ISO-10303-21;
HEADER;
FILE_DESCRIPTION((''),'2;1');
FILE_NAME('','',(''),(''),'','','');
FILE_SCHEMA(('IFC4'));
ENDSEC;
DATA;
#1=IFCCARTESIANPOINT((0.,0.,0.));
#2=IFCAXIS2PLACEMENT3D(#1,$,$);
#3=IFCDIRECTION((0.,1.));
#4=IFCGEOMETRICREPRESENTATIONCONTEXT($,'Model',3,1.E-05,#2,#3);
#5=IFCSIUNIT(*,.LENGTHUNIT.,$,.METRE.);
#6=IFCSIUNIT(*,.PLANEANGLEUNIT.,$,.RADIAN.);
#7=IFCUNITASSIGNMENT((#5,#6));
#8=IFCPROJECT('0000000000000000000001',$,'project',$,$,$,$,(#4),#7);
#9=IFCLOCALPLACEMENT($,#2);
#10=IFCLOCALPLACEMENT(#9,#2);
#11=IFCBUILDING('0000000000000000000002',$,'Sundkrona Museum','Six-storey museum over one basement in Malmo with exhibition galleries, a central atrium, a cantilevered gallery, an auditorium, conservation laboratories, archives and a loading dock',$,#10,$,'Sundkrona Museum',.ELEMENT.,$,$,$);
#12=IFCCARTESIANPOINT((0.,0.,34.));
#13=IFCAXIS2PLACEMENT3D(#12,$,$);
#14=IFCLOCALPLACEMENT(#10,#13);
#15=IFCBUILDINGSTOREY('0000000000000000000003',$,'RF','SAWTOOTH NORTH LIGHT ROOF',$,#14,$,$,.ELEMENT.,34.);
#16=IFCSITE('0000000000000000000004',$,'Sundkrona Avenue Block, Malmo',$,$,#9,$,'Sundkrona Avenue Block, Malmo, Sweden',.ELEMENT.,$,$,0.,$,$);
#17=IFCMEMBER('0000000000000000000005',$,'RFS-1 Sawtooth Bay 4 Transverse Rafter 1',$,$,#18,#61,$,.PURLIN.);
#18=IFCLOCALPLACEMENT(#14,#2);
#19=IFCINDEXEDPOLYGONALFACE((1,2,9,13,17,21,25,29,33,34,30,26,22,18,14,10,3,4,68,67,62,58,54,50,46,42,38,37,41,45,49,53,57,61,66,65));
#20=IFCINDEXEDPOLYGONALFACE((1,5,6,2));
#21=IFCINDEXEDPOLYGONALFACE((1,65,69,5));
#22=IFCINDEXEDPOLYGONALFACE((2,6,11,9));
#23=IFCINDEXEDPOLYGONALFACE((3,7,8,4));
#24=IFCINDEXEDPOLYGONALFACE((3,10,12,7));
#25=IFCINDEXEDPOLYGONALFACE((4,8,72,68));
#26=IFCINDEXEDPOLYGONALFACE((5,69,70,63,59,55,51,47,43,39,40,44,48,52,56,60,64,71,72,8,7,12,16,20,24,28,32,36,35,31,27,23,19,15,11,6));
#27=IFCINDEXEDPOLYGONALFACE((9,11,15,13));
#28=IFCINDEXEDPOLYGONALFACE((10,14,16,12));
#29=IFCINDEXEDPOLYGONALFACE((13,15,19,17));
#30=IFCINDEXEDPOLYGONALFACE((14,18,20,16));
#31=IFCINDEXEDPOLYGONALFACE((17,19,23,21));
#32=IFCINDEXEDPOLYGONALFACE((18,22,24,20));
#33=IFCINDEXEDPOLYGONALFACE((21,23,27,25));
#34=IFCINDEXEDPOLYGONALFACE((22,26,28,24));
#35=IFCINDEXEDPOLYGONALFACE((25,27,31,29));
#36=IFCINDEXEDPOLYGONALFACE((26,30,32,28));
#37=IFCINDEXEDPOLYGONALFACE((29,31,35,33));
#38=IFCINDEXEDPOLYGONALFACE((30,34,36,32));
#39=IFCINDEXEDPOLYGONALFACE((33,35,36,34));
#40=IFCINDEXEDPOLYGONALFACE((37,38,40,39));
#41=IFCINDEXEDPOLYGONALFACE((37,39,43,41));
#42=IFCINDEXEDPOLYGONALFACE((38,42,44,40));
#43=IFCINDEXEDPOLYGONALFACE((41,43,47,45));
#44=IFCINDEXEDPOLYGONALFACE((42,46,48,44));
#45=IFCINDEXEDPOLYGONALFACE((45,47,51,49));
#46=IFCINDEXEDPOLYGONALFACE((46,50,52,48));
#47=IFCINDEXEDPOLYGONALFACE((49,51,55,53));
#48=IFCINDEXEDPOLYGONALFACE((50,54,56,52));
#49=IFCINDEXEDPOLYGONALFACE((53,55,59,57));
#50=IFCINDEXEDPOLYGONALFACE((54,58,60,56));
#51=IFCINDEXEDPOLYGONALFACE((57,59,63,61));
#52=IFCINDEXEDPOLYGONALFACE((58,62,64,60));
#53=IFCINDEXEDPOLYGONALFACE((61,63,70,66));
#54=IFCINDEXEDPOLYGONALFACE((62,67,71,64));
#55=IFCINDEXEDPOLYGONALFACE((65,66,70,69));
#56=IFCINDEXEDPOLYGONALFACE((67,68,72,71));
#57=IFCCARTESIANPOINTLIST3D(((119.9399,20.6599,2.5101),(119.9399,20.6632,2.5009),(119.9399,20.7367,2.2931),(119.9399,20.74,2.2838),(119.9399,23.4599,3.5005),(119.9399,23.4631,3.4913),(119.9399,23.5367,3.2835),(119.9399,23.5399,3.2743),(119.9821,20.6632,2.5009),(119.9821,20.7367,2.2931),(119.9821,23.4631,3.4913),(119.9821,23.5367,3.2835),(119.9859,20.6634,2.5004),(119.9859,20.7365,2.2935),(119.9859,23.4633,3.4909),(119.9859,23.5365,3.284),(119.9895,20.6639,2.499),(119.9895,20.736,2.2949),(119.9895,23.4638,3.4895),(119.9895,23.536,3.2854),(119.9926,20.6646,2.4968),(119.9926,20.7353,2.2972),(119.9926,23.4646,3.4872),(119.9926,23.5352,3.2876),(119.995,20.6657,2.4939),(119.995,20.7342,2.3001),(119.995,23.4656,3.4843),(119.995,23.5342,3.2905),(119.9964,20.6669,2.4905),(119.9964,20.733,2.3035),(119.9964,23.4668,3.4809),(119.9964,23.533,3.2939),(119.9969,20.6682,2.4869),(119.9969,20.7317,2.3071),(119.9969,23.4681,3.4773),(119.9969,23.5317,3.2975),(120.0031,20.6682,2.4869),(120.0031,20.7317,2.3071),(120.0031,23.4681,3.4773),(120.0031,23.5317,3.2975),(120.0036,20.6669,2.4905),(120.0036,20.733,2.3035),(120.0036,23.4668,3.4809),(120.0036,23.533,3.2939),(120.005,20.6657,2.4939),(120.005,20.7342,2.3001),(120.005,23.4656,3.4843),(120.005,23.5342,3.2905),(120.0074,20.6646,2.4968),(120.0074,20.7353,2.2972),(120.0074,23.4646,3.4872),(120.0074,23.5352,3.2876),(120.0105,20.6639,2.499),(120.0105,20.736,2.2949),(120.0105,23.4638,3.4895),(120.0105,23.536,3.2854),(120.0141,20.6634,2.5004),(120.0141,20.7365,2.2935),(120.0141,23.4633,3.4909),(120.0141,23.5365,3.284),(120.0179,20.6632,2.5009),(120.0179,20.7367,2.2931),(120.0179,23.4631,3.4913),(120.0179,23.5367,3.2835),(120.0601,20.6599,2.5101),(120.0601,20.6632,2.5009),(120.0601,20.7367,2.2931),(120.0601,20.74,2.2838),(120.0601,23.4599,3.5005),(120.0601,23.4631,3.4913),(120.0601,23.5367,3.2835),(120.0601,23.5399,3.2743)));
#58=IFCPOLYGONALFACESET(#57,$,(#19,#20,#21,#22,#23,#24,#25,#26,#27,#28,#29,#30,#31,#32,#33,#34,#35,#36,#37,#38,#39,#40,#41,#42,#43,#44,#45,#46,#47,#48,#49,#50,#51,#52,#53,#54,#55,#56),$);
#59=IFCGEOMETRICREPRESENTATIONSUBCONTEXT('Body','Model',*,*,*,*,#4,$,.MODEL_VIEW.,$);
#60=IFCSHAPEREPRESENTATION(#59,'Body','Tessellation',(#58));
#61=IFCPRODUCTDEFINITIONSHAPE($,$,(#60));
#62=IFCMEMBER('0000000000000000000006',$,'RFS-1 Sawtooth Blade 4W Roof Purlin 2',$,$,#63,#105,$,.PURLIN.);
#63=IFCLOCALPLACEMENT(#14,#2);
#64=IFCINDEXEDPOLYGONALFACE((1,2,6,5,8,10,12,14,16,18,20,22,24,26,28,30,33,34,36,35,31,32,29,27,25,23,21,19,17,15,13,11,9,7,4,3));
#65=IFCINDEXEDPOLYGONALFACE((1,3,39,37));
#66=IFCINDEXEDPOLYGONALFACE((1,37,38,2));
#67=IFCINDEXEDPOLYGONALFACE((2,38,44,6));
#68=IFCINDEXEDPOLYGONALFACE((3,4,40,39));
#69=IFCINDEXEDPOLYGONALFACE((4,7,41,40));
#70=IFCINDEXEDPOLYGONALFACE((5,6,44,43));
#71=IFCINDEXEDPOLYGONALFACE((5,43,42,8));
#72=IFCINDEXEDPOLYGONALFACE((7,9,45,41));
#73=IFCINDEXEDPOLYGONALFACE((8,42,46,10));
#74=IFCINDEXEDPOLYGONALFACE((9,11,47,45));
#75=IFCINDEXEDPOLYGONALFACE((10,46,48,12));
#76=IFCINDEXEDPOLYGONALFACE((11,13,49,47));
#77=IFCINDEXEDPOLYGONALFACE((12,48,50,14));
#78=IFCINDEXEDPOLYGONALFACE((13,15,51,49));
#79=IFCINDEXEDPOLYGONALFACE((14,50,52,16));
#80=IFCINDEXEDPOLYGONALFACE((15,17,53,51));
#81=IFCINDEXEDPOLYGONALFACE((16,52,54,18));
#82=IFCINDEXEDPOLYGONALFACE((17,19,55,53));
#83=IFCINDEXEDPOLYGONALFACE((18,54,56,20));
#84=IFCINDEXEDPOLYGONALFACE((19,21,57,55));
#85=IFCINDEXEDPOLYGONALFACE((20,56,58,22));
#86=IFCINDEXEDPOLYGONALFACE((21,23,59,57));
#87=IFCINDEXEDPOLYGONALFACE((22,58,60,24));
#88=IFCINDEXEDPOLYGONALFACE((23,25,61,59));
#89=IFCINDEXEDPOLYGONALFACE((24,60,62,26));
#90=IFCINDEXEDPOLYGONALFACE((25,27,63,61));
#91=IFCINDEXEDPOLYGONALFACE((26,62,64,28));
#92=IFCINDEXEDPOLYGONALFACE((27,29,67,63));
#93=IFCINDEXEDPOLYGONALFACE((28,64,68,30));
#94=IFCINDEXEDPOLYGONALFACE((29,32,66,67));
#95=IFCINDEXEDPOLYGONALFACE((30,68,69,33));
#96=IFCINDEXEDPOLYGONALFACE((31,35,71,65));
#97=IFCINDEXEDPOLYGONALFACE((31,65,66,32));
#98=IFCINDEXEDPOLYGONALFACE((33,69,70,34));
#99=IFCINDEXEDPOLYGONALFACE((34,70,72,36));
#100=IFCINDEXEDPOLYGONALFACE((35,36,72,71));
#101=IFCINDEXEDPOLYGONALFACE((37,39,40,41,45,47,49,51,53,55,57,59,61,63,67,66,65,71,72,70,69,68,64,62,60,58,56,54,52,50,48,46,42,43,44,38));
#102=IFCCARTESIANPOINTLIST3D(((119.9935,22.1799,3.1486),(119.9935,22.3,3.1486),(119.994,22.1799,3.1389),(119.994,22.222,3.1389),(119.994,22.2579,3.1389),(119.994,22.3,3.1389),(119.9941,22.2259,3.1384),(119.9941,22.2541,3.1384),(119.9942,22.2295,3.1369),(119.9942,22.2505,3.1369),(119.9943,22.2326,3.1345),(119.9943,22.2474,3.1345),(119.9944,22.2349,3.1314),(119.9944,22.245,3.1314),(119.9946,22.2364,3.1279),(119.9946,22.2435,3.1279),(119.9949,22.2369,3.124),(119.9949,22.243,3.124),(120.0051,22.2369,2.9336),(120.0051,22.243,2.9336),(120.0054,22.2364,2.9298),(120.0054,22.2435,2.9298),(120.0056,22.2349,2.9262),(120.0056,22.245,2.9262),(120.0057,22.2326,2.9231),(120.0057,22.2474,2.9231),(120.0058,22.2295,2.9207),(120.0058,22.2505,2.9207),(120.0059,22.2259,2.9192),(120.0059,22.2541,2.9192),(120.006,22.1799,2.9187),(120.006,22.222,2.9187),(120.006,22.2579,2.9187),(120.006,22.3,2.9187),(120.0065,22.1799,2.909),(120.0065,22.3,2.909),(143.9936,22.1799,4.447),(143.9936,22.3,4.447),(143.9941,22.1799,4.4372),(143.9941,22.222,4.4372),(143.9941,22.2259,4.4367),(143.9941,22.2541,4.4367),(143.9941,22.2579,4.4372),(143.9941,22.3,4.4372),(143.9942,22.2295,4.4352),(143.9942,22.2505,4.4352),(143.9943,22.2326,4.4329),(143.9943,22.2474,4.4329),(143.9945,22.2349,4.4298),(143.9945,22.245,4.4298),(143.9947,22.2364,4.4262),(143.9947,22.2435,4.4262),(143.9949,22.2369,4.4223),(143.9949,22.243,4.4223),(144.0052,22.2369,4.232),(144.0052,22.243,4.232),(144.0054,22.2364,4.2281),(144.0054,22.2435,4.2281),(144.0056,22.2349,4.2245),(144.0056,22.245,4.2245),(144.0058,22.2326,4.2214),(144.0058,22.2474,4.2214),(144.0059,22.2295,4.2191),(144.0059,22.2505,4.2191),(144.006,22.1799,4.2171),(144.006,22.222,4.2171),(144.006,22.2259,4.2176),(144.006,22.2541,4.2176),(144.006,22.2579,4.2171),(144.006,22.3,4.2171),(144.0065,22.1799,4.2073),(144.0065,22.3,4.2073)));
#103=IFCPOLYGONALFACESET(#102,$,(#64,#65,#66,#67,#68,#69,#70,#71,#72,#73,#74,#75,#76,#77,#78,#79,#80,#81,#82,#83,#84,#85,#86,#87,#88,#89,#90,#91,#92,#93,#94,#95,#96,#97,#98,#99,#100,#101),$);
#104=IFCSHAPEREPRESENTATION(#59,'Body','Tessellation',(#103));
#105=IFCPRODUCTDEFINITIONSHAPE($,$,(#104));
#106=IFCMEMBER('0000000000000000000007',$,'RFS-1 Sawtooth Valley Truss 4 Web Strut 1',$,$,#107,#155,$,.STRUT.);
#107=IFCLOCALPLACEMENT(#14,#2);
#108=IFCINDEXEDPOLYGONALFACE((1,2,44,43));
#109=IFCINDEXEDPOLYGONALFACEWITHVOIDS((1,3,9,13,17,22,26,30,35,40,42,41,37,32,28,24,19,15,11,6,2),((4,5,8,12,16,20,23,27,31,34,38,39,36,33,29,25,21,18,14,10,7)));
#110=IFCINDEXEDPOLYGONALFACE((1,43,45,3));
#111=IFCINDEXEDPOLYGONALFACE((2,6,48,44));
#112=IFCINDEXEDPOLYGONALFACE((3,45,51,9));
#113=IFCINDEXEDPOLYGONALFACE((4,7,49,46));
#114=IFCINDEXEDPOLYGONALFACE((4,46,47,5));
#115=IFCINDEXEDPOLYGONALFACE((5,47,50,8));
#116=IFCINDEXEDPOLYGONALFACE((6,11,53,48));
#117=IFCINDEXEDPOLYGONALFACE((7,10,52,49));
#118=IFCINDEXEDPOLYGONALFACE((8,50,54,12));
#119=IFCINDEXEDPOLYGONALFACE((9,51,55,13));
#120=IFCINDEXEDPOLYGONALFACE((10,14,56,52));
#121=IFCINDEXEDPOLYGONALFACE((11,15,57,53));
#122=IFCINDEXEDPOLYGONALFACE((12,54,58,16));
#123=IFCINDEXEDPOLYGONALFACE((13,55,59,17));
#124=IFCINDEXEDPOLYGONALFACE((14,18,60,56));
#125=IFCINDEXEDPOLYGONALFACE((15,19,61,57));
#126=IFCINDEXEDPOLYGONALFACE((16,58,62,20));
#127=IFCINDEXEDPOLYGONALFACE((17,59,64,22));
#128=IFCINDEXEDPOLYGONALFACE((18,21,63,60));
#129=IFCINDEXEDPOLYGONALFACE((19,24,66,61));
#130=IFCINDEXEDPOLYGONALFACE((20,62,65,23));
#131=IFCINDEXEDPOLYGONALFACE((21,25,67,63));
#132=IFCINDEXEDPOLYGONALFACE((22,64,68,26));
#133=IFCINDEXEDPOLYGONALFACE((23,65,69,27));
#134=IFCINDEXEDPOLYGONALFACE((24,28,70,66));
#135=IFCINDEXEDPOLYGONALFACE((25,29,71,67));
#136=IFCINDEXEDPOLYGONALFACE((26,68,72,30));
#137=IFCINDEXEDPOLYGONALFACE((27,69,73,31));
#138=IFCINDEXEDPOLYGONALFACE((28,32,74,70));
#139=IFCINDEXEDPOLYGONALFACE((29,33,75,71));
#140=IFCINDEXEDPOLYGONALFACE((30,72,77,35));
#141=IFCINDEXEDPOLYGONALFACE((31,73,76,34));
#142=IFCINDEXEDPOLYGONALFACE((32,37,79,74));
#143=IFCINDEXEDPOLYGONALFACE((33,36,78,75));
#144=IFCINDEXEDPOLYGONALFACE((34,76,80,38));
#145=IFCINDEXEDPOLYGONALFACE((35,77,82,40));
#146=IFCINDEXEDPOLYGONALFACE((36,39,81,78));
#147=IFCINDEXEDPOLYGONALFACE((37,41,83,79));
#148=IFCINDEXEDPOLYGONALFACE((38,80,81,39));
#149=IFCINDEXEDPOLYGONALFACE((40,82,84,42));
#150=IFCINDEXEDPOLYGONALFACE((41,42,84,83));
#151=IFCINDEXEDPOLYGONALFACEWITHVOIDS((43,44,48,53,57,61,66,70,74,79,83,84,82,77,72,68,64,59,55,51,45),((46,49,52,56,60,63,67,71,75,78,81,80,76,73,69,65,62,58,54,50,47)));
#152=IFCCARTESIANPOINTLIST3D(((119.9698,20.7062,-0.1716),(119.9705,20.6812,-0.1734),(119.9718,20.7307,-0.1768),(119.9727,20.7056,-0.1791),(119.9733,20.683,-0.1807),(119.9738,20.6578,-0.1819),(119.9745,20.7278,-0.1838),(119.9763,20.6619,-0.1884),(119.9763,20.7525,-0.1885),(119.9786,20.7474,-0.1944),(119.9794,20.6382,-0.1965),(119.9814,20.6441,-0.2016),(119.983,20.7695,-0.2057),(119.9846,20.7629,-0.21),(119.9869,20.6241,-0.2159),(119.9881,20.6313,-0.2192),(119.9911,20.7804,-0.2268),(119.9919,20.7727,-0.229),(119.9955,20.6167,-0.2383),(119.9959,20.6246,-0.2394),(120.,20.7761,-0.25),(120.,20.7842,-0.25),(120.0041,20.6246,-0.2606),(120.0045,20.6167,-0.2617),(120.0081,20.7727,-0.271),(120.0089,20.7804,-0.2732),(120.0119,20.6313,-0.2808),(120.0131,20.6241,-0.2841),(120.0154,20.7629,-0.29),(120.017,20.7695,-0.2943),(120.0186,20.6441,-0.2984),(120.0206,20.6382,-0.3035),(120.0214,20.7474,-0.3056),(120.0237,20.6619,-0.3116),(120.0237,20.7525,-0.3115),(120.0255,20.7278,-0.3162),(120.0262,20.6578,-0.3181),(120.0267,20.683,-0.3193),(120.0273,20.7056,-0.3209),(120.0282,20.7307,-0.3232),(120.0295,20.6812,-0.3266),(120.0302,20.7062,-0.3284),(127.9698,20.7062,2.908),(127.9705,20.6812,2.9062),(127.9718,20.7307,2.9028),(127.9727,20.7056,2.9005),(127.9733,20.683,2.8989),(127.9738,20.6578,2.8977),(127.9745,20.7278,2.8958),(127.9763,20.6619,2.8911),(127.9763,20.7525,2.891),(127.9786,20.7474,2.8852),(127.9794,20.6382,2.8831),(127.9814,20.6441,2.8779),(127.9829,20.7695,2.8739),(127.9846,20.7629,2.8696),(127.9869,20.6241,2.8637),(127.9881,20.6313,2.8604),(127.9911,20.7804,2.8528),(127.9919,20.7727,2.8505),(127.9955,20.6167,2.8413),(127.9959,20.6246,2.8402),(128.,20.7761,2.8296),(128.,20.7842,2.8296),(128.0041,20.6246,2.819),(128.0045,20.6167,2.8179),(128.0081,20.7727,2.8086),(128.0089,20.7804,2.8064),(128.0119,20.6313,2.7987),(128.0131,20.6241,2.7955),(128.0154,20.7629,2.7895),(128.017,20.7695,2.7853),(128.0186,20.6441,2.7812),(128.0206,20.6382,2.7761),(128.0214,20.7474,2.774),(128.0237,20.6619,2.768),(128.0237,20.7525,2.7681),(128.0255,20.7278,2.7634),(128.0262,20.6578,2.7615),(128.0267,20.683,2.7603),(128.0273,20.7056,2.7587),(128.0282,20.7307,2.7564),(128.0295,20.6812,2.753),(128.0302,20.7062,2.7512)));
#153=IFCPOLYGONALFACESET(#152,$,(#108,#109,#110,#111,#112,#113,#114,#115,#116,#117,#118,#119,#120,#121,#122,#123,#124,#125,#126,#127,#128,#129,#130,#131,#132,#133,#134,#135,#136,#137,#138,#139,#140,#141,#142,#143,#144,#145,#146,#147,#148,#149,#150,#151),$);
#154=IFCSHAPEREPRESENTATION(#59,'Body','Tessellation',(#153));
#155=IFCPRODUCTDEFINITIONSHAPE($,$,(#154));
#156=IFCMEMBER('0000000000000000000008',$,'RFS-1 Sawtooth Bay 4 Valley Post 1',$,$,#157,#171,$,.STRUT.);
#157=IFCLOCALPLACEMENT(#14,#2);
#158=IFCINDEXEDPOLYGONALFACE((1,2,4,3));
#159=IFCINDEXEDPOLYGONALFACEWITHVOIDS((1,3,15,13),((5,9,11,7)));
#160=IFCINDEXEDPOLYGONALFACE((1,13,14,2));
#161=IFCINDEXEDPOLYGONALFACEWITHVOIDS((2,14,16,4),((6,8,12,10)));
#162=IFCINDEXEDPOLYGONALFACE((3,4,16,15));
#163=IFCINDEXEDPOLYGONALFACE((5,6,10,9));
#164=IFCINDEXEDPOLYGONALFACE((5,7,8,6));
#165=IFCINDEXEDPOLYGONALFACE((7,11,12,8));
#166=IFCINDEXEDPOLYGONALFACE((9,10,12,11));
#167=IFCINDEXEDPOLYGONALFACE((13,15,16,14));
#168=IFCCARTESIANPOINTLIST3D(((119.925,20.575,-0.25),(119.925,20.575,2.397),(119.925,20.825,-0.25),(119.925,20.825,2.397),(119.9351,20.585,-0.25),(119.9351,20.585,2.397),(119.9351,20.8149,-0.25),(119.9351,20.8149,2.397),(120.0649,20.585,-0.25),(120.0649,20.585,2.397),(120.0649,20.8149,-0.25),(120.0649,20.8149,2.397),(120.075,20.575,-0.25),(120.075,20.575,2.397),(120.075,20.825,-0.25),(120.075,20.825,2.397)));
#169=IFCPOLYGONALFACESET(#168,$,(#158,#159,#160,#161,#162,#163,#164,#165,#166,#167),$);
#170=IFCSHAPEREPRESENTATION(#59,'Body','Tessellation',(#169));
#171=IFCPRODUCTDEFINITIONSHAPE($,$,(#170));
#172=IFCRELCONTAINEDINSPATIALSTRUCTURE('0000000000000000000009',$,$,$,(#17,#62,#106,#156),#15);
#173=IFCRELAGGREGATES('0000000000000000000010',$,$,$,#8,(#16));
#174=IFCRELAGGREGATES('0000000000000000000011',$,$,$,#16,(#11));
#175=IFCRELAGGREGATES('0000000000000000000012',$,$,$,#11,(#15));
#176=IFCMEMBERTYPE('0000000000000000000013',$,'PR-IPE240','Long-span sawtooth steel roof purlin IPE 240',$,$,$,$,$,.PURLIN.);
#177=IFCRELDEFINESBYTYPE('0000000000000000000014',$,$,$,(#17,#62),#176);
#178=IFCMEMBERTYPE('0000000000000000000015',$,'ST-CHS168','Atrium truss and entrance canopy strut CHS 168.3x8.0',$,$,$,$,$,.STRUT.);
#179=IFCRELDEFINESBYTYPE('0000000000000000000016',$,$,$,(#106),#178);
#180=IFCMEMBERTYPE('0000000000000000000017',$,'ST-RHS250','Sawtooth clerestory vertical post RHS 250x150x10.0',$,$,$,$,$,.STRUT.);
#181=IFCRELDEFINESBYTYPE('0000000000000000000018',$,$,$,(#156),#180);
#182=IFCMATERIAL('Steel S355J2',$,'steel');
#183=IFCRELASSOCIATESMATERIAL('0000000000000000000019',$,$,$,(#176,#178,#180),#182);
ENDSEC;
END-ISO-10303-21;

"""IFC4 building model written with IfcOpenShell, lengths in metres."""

from ifc_helpers import new_model, si_unit, direction, frame, origin, origin_2d, place, context, subcontext, project, spatial, hollow_rectangle, hollow_circle, i_section, extrude, material, material_profile, profile_set, type_object, element, save


model = new_model("IFC4")

# Units and contexts
model_context = context("Model", 3, precision=1e-05, world=origin(), true_north=direction((0.0, 1.0)))
body_context = subcontext(model_context, "Body", "Model", "MODEL_VIEW")
ifc_project = project(units=[si_unit("LENGTHUNIT", "METRE"), si_unit("PLANEANGLEUNIT", "RADIAN")], contexts=[model_context])

# Site, building, storey
site_placement = place(None, origin())
site = spatial("IfcSite", under=ifc_project, at=site_placement, Name="Sundkrona Avenue Block, Malmo", LongName="Sundkrona Avenue Block, Malmo, Sweden", CompositionType="ELEMENT", RefElevation=0.0)
building_placement = place(site_placement, origin())
building = spatial("IfcBuilding", under=site, at=building_placement, Name="Sundkrona Museum", Description="Six-storey museum over one basement in Malmo with exhibition galleries, a central atrium, a cantilevered gallery, an auditorium, conservation laboratories, archives and a loading dock", LongName="Sundkrona Museum", CompositionType="ELEMENT")
storey_placement = place(building_placement, frame((0.0, 0.0, 34.0)))
storey = spatial("IfcBuildingStorey", under=building, at=storey_placement, Name="RF", Description="SAWTOOTH NORTH LIGHT ROOF", CompositionType="ELEMENT", Elevation=34.0)

# Members
ifc_material_1 = material(Name="Steel S355J2", Category="steel")
ifc_material_profile_1 = material_profile(ifc_material_1, i_section(OverallWidth=0.1201, OverallDepth=0.24, WebThickness=0.0061, FlangeThickness=0.0098, FilletRadius=0.0149, at=origin_2d()), Name="IPE 240")
ifc_profile_set_1 = profile_set([ifc_material_profile_1], Name="Steel S355J2")
member_type_1 = type_object("IfcMemberType", Name="PR-IPE240", Description="Long-span sawtooth steel roof purlin IPE 240", PredefinedType="PURLIN", material=ifc_profile_set_1)
member_1_placement = place(storey_placement, frame((120.0, 20.7, 2.397), z_axis=(0.0, 0.942755, 0.333486), x_axis=(-1.0, 0.0, 0.0)))
element("IfcMember", 1, at=member_1_placement, inside=storey, type_object=member_type_1, Name="RFS-1 Sawtooth Bay 4 Transverse Rafter 1", PredefinedType="PURLIN", context=body_context, shape_type="SweptSolid", body=[
    extrude(i_section(OverallWidth=0.1201, OverallDepth=0.24, WebThickness=0.0061, FlangeThickness=0.0098, FilletRadius=0.0149, at=origin_2d()), origin(), (0.0, 0.0, 1.0), 2.97),
])
member_2_placement = place(storey_placement, frame((120.0, 22.24, 3.0288), z_axis=(0.99854, 0.0, 0.054019), x_axis=(0.0, 1.0, 0.0)))
element("IfcMember", 2, at=member_2_placement, inside=storey, type_object=member_type_1, Name="RFS-1 Sawtooth Blade 4W Roof Purlin 2", PredefinedType="PURLIN", context=body_context, shape_type="SweptSolid", body=[
    extrude(i_section(OverallWidth=0.1201, OverallDepth=0.24, WebThickness=0.0061, FlangeThickness=0.0098, FilletRadius=0.0149, at=origin_2d()), origin(), (0.0, 0.0, 1.0), 24.0352),
])
ifc_material_profile_2 = material_profile(ifc_material_1, hollow_circle(Radius=0.0842, WallThickness=0.0081, at=origin_2d()), Name="CHS 168.3x8.0")
ifc_profile_set_2 = profile_set([ifc_material_profile_2], Name="Steel S355J2")
member_type_2 = type_object("IfcMemberType", Name="ST-CHS168", Description="Atrium truss and entrance canopy strut CHS 168.3x8.0", PredefinedType="STRUT", material=ifc_profile_set_2)
member_3_placement = place(storey_placement, frame((120.0, 20.7, -0.25), z_axis=(0.933241, 0.0, 0.35925), x_axis=(0.0, 1.0, 0.0)))
element("IfcMember", 3, at=member_3_placement, inside=storey, type_object=member_type_2, Name="RFS-1 Sawtooth Valley Truss 4 Web Strut 1", PredefinedType="STRUT", context=body_context, shape_type="SweptSolid", body=[
    extrude(hollow_circle(Radius=0.0842, WallThickness=0.0081, at=origin_2d()), origin(), (0.0, 0.0, 1.0), 8.5723),
])
ifc_material_profile_3 = material_profile(ifc_material_1, hollow_rectangle(XDim=0.1499, YDim=0.25, WallThickness=0.01, at=origin_2d()), Name="RHS 250x150x10.0")
ifc_profile_set_3 = profile_set([ifc_material_profile_3], Name="Steel S355J2")
member_type_3 = type_object("IfcMemberType", Name="ST-RHS250", Description="Sawtooth clerestory vertical post RHS 250x150x10.0", PredefinedType="STRUT", material=ifc_profile_set_3)
member_4_placement = place(storey_placement, frame((120.0, 20.7, -0.25), z_axis=(0.0, 0.0, 1.0), x_axis=(1.0, 0.0, 0.0)))
element("IfcMember", 4, at=member_4_placement, inside=storey, type_object=member_type_3, Name="RFS-1 Sawtooth Bay 4 Valley Post 1", PredefinedType="STRUT", context=body_context, shape_type="SweptSolid", body=[
    extrude(hollow_rectangle(XDim=0.1499, YDim=0.25, WallThickness=0.01, at=origin_2d()), origin(), (0.0, 0.0, 1.0), 2.647),
])

save(model, "model.ifc")
